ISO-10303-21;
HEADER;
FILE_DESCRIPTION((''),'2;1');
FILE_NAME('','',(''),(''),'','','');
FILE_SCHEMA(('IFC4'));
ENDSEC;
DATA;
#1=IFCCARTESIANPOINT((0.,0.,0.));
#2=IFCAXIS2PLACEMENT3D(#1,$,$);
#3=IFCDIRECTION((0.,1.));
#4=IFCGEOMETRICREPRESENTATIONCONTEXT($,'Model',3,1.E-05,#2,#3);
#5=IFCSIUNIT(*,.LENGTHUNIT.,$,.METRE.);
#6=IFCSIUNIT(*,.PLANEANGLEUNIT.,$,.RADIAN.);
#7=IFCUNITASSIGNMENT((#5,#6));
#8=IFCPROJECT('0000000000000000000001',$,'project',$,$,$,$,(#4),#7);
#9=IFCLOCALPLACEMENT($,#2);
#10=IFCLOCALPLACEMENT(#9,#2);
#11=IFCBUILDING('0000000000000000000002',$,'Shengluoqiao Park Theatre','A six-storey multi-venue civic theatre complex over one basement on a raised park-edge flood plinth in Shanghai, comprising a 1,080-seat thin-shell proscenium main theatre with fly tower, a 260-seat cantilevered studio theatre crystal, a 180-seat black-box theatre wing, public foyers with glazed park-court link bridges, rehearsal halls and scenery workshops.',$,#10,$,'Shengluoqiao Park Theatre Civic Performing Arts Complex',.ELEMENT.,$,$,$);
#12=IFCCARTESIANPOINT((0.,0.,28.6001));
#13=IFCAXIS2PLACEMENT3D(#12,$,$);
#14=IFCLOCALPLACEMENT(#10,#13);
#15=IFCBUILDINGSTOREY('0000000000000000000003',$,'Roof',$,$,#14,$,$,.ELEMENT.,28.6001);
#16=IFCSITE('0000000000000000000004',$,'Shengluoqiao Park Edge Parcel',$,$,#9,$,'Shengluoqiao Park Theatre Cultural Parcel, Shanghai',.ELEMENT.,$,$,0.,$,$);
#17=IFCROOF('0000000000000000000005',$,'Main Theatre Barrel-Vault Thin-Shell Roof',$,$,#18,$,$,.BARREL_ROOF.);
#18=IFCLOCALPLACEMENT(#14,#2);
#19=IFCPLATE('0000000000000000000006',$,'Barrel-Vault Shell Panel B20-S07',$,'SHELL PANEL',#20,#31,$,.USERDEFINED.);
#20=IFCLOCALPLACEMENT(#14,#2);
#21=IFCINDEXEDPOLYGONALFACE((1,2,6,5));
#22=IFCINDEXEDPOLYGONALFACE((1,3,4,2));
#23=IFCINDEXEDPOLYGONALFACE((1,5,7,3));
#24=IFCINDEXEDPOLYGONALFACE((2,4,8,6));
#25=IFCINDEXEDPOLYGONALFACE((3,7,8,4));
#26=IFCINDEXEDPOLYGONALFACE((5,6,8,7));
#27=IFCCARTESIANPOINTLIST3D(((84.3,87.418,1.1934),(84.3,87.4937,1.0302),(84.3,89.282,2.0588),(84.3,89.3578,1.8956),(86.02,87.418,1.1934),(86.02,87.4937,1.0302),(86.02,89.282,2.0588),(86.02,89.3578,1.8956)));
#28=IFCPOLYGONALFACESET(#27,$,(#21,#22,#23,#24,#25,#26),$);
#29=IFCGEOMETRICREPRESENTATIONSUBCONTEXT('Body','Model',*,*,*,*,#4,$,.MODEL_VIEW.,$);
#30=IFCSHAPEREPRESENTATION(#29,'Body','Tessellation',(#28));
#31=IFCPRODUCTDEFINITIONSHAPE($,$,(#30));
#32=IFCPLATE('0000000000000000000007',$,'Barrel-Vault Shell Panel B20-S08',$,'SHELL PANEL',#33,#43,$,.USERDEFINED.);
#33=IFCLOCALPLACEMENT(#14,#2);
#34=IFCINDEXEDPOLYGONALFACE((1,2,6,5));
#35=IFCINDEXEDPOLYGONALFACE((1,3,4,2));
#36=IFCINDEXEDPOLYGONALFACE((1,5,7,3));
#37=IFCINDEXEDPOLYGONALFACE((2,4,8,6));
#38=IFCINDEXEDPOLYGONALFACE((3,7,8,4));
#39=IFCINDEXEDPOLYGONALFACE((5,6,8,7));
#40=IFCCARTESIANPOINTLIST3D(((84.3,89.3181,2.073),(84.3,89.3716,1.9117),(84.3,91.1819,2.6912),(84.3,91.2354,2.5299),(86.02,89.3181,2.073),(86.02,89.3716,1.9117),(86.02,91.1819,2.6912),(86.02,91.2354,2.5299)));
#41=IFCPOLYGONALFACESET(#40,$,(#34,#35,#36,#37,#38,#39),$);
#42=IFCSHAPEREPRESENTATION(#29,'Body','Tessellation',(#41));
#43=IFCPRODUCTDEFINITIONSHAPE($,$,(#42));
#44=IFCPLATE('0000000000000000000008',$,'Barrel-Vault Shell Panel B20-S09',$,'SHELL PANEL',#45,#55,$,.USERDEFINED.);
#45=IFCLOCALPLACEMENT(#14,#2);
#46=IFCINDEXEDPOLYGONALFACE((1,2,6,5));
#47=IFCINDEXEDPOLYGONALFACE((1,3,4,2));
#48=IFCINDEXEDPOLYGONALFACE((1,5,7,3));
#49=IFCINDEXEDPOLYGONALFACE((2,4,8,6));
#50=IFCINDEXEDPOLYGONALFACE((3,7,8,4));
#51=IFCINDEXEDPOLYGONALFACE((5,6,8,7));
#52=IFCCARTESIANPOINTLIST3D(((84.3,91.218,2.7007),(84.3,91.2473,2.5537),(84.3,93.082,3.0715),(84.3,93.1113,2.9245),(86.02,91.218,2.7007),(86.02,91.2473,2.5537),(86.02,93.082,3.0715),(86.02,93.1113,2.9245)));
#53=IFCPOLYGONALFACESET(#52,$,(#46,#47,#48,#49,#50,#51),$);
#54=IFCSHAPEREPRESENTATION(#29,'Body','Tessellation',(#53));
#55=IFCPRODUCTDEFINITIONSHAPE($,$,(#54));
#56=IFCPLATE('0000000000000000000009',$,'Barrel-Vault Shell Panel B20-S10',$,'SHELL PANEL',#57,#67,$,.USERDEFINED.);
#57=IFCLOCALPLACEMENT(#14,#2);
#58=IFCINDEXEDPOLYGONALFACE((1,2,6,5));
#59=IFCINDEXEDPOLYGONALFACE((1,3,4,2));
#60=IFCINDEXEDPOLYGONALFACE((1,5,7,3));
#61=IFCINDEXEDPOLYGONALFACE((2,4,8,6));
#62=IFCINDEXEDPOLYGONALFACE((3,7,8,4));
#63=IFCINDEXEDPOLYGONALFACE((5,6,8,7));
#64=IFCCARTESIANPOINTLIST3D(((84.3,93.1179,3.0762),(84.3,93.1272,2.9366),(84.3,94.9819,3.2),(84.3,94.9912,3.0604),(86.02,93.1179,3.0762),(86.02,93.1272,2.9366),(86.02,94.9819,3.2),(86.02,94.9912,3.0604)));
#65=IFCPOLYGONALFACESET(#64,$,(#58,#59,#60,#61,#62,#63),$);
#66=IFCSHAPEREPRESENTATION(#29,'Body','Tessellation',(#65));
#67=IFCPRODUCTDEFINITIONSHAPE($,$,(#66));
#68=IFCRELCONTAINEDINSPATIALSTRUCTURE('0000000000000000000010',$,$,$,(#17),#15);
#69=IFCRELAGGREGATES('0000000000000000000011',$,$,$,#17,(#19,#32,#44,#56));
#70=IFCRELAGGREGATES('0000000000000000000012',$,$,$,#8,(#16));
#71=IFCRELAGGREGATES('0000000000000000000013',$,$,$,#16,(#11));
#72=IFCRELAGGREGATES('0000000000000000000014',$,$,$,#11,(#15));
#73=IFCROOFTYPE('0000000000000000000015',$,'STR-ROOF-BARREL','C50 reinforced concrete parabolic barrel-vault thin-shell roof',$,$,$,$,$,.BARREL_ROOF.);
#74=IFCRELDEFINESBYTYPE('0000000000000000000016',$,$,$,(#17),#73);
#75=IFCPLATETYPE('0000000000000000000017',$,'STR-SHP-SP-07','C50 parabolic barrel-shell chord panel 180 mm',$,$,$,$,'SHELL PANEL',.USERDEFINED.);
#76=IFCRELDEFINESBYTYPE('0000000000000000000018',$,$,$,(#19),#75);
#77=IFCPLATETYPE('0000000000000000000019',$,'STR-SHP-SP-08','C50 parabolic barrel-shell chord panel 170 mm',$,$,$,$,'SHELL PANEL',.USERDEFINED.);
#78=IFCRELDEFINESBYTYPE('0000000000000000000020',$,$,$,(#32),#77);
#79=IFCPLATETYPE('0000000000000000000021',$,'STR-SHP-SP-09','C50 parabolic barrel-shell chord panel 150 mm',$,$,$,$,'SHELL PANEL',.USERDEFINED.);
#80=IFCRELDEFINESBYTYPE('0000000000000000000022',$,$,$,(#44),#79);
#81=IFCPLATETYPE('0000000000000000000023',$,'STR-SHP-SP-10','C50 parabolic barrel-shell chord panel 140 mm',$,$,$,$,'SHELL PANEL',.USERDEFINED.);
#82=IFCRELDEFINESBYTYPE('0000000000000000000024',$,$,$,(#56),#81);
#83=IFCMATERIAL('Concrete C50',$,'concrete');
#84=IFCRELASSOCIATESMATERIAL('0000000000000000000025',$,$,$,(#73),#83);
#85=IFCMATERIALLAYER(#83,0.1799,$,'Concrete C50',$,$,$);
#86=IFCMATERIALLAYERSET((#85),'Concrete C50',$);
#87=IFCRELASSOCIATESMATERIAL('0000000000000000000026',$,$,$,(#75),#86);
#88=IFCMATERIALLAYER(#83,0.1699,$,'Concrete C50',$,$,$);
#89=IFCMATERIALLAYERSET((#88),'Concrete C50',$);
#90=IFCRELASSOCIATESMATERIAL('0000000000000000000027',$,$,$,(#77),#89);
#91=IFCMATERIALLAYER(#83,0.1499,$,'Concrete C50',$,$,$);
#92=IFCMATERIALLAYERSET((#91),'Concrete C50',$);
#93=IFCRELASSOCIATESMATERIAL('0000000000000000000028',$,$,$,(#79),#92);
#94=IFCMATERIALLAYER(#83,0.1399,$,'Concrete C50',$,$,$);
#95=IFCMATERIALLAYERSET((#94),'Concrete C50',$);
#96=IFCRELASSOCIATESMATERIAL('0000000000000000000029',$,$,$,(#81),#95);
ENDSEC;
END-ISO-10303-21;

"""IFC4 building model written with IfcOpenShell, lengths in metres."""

from ifc_helpers import new_model, si_unit, direction, frame, origin, place, context, subcontext, project, spatial, polyline, outline, extrude, material, layer, layer_set, type_object, element, aggregate, save


model = new_model("IFC4")

# Units and contexts
model_context = context("Model", 3, precision=1e-05, world=origin(), true_north=direction((0.0, 1.0)))
body_context = subcontext(model_context, "Body", "Model", "MODEL_VIEW")
ifc_project = project(units=[si_unit("LENGTHUNIT", "METRE"), si_unit("PLANEANGLEUNIT", "RADIAN")], contexts=[model_context])

# Site, building, storey
site_placement = place(None, origin())
site = spatial("IfcSite", under=ifc_project, at=site_placement, Name="Shengluoqiao Park Edge Parcel", LongName="Shengluoqiao Park Theatre Cultural Parcel, Shanghai", CompositionType="ELEMENT", RefElevation=0.0)
building_placement = place(site_placement, origin())
building = spatial("IfcBuilding", under=site, at=building_placement, Name="Shengluoqiao Park Theatre", Description="A six-storey multi-venue civic theatre complex over one basement on a raised park-edge flood plinth in Shanghai, comprising a 1,080-seat thin-shell proscenium main theatre with fly tower, a 260-seat cantilevered studio theatre crystal, a 180-seat black-box theatre wing, public foyers with glazed park-court link bridges, rehearsal halls and scenery workshops.", LongName="Shengluoqiao Park Theatre Civic Performing Arts Complex", CompositionType="ELEMENT")
storey_placement = place(building_placement, frame((0.0, 0.0, 28.6001)))
storey = spatial("IfcBuildingStorey", under=building, at=storey_placement, Name="Roof", CompositionType="ELEMENT", Elevation=28.6001)

# Shared definitions
ifc_material_1 = material(Name="Concrete C50", Category="concrete")

# Roof, plates
roof_type = type_object("IfcRoofType", Name="STR-ROOF-BARREL", Description="C50 reinforced concrete parabolic barrel-vault thin-shell roof", PredefinedType="BARREL_ROOF", material=ifc_material_1)
roof_placement = place(storey_placement, origin())
roof = element("IfcRoof", 1, at=roof_placement, inside=storey, type_object=roof_type, Name="Main Theatre Barrel-Vault Thin-Shell Roof", PredefinedType="BARREL_ROOF")
ifc_layer_1 = layer(ifc_material_1, 0.1799, Name="Concrete C50")
ifc_layer_set_1 = layer_set([ifc_layer_1], Name="Concrete C50")
plate_type_1 = type_object("IfcPlateType", Name="STR-SHP-SP-07", Description="C50 parabolic barrel-shell chord panel 180 mm", ElementType="SHELL PANEL", PredefinedType="USERDEFINED", material=ifc_layer_set_1)
plate_1_placement = place(storey_placement, frame((84.3, 87.418, 1.1934), z_axis=(0.0, -0.421129, 0.907001), x_axis=(1.0, 0.0, 0.0)))
plate_1 = element("IfcPlate", 2, at=plate_1_placement, type_object=plate_type_1, Name="Barrel-Vault Shell Panel B20-S07", ObjectType="SHELL PANEL", PredefinedType="USERDEFINED", context=body_context, shape_type="SweptSolid", body=[
    extrude(outline(polyline([(0.0, 0.0), (1.72, 0.0), (1.72, 2.0551), (0.0, 2.0551), (0.0, 0.0)])), origin(), (0.0, 0.0, -1.0), 0.1799),
])
ifc_layer_2 = layer(ifc_material_1, 0.1699, Name="Concrete C50")
ifc_layer_set_2 = layer_set([ifc_layer_2], Name="Concrete C50")
plate_type_2 = type_object("IfcPlateType", Name="STR-SHP-SP-08", Description="C50 parabolic barrel-shell chord panel 170 mm", ElementType="SHELL PANEL", PredefinedType="USERDEFINED", material=ifc_layer_set_2)
plate_2_placement = place(storey_placement, frame((84.3, 89.3181, 2.073), z_axis=(0.0, -0.31481, 0.949155), x_axis=(1.0, 0.0, 0.0)))
plate_2 = element("IfcPlate", 3, at=plate_2_placement, type_object=plate_type_2, Name="Barrel-Vault Shell Panel B20-S08", ObjectType="SHELL PANEL", PredefinedType="USERDEFINED", context=body_context, shape_type="SweptSolid", body=[
    extrude(outline(polyline([(0.0, 0.0), (1.72, 0.0), (1.72, 1.9636), (0.0, 1.9636), (0.0, 0.0)])), origin(), (0.0, 0.0, -1.0), 0.1699),
])
ifc_layer_3 = layer(ifc_material_1, 0.1499, Name="Concrete C50")
ifc_layer_set_3 = layer_set([ifc_layer_3], Name="Concrete C50")
plate_type_3 = type_object("IfcPlateType", Name="STR-SHP-SP-09", Description="C50 parabolic barrel-shell chord panel 150 mm", ElementType="SHELL PANEL", PredefinedType="USERDEFINED", material=ifc_layer_set_3)
plate_3_placement = place(storey_placement, frame((84.3, 91.218, 2.7007), z_axis=(0.0, -0.195128, 0.980778), x_axis=(1.0, 0.0, 0.0)))
plate_3 = element("IfcPlate", 4, at=plate_3_placement, type_object=plate_type_3, Name="Barrel-Vault Shell Panel B20-S09", ObjectType="SHELL PANEL", PredefinedType="USERDEFINED", context=body_context, shape_type="SweptSolid", body=[
    extrude(outline(polyline([(0.0, 0.0), (1.72, 0.0), (1.72, 1.9005), (0.0, 1.9005), (0.0, 0.0)])), origin(), (0.0, 0.0, -1.0), 0.1499),
])
ifc_layer_4 = layer(ifc_material_1, 0.1399, Name="Concrete C50")
ifc_layer_set_4 = layer_set([ifc_layer_4], Name="Concrete C50")
plate_type_4 = type_object("IfcPlateType", Name="STR-SHP-SP-10", Description="C50 parabolic barrel-shell chord panel 140 mm", ElementType="SHELL PANEL", PredefinedType="USERDEFINED", material=ifc_layer_set_4)
plate_4_placement = place(storey_placement, frame((84.3, 93.1179, 3.0762), z_axis=(0.0, -0.066259, 0.997802), x_axis=(1.0, 0.0, 0.0)))
plate_4 = element("IfcPlate", 5, at=plate_4_placement, type_object=plate_type_4, Name="Barrel-Vault Shell Panel B20-S10", ObjectType="SHELL PANEL", PredefinedType="USERDEFINED", context=body_context, shape_type="SweptSolid", body=[
    extrude(outline(polyline([(0.0, 0.0), (1.72, 0.0), (1.72, 1.8681), (0.0, 1.8681), (0.0, 0.0)])), origin(), (0.0, 0.0, -1.0), 0.1399),
])
aggregate(roof, [plate_1, plate_2, plate_3, plate_4])

save(model, "model.ifc")
